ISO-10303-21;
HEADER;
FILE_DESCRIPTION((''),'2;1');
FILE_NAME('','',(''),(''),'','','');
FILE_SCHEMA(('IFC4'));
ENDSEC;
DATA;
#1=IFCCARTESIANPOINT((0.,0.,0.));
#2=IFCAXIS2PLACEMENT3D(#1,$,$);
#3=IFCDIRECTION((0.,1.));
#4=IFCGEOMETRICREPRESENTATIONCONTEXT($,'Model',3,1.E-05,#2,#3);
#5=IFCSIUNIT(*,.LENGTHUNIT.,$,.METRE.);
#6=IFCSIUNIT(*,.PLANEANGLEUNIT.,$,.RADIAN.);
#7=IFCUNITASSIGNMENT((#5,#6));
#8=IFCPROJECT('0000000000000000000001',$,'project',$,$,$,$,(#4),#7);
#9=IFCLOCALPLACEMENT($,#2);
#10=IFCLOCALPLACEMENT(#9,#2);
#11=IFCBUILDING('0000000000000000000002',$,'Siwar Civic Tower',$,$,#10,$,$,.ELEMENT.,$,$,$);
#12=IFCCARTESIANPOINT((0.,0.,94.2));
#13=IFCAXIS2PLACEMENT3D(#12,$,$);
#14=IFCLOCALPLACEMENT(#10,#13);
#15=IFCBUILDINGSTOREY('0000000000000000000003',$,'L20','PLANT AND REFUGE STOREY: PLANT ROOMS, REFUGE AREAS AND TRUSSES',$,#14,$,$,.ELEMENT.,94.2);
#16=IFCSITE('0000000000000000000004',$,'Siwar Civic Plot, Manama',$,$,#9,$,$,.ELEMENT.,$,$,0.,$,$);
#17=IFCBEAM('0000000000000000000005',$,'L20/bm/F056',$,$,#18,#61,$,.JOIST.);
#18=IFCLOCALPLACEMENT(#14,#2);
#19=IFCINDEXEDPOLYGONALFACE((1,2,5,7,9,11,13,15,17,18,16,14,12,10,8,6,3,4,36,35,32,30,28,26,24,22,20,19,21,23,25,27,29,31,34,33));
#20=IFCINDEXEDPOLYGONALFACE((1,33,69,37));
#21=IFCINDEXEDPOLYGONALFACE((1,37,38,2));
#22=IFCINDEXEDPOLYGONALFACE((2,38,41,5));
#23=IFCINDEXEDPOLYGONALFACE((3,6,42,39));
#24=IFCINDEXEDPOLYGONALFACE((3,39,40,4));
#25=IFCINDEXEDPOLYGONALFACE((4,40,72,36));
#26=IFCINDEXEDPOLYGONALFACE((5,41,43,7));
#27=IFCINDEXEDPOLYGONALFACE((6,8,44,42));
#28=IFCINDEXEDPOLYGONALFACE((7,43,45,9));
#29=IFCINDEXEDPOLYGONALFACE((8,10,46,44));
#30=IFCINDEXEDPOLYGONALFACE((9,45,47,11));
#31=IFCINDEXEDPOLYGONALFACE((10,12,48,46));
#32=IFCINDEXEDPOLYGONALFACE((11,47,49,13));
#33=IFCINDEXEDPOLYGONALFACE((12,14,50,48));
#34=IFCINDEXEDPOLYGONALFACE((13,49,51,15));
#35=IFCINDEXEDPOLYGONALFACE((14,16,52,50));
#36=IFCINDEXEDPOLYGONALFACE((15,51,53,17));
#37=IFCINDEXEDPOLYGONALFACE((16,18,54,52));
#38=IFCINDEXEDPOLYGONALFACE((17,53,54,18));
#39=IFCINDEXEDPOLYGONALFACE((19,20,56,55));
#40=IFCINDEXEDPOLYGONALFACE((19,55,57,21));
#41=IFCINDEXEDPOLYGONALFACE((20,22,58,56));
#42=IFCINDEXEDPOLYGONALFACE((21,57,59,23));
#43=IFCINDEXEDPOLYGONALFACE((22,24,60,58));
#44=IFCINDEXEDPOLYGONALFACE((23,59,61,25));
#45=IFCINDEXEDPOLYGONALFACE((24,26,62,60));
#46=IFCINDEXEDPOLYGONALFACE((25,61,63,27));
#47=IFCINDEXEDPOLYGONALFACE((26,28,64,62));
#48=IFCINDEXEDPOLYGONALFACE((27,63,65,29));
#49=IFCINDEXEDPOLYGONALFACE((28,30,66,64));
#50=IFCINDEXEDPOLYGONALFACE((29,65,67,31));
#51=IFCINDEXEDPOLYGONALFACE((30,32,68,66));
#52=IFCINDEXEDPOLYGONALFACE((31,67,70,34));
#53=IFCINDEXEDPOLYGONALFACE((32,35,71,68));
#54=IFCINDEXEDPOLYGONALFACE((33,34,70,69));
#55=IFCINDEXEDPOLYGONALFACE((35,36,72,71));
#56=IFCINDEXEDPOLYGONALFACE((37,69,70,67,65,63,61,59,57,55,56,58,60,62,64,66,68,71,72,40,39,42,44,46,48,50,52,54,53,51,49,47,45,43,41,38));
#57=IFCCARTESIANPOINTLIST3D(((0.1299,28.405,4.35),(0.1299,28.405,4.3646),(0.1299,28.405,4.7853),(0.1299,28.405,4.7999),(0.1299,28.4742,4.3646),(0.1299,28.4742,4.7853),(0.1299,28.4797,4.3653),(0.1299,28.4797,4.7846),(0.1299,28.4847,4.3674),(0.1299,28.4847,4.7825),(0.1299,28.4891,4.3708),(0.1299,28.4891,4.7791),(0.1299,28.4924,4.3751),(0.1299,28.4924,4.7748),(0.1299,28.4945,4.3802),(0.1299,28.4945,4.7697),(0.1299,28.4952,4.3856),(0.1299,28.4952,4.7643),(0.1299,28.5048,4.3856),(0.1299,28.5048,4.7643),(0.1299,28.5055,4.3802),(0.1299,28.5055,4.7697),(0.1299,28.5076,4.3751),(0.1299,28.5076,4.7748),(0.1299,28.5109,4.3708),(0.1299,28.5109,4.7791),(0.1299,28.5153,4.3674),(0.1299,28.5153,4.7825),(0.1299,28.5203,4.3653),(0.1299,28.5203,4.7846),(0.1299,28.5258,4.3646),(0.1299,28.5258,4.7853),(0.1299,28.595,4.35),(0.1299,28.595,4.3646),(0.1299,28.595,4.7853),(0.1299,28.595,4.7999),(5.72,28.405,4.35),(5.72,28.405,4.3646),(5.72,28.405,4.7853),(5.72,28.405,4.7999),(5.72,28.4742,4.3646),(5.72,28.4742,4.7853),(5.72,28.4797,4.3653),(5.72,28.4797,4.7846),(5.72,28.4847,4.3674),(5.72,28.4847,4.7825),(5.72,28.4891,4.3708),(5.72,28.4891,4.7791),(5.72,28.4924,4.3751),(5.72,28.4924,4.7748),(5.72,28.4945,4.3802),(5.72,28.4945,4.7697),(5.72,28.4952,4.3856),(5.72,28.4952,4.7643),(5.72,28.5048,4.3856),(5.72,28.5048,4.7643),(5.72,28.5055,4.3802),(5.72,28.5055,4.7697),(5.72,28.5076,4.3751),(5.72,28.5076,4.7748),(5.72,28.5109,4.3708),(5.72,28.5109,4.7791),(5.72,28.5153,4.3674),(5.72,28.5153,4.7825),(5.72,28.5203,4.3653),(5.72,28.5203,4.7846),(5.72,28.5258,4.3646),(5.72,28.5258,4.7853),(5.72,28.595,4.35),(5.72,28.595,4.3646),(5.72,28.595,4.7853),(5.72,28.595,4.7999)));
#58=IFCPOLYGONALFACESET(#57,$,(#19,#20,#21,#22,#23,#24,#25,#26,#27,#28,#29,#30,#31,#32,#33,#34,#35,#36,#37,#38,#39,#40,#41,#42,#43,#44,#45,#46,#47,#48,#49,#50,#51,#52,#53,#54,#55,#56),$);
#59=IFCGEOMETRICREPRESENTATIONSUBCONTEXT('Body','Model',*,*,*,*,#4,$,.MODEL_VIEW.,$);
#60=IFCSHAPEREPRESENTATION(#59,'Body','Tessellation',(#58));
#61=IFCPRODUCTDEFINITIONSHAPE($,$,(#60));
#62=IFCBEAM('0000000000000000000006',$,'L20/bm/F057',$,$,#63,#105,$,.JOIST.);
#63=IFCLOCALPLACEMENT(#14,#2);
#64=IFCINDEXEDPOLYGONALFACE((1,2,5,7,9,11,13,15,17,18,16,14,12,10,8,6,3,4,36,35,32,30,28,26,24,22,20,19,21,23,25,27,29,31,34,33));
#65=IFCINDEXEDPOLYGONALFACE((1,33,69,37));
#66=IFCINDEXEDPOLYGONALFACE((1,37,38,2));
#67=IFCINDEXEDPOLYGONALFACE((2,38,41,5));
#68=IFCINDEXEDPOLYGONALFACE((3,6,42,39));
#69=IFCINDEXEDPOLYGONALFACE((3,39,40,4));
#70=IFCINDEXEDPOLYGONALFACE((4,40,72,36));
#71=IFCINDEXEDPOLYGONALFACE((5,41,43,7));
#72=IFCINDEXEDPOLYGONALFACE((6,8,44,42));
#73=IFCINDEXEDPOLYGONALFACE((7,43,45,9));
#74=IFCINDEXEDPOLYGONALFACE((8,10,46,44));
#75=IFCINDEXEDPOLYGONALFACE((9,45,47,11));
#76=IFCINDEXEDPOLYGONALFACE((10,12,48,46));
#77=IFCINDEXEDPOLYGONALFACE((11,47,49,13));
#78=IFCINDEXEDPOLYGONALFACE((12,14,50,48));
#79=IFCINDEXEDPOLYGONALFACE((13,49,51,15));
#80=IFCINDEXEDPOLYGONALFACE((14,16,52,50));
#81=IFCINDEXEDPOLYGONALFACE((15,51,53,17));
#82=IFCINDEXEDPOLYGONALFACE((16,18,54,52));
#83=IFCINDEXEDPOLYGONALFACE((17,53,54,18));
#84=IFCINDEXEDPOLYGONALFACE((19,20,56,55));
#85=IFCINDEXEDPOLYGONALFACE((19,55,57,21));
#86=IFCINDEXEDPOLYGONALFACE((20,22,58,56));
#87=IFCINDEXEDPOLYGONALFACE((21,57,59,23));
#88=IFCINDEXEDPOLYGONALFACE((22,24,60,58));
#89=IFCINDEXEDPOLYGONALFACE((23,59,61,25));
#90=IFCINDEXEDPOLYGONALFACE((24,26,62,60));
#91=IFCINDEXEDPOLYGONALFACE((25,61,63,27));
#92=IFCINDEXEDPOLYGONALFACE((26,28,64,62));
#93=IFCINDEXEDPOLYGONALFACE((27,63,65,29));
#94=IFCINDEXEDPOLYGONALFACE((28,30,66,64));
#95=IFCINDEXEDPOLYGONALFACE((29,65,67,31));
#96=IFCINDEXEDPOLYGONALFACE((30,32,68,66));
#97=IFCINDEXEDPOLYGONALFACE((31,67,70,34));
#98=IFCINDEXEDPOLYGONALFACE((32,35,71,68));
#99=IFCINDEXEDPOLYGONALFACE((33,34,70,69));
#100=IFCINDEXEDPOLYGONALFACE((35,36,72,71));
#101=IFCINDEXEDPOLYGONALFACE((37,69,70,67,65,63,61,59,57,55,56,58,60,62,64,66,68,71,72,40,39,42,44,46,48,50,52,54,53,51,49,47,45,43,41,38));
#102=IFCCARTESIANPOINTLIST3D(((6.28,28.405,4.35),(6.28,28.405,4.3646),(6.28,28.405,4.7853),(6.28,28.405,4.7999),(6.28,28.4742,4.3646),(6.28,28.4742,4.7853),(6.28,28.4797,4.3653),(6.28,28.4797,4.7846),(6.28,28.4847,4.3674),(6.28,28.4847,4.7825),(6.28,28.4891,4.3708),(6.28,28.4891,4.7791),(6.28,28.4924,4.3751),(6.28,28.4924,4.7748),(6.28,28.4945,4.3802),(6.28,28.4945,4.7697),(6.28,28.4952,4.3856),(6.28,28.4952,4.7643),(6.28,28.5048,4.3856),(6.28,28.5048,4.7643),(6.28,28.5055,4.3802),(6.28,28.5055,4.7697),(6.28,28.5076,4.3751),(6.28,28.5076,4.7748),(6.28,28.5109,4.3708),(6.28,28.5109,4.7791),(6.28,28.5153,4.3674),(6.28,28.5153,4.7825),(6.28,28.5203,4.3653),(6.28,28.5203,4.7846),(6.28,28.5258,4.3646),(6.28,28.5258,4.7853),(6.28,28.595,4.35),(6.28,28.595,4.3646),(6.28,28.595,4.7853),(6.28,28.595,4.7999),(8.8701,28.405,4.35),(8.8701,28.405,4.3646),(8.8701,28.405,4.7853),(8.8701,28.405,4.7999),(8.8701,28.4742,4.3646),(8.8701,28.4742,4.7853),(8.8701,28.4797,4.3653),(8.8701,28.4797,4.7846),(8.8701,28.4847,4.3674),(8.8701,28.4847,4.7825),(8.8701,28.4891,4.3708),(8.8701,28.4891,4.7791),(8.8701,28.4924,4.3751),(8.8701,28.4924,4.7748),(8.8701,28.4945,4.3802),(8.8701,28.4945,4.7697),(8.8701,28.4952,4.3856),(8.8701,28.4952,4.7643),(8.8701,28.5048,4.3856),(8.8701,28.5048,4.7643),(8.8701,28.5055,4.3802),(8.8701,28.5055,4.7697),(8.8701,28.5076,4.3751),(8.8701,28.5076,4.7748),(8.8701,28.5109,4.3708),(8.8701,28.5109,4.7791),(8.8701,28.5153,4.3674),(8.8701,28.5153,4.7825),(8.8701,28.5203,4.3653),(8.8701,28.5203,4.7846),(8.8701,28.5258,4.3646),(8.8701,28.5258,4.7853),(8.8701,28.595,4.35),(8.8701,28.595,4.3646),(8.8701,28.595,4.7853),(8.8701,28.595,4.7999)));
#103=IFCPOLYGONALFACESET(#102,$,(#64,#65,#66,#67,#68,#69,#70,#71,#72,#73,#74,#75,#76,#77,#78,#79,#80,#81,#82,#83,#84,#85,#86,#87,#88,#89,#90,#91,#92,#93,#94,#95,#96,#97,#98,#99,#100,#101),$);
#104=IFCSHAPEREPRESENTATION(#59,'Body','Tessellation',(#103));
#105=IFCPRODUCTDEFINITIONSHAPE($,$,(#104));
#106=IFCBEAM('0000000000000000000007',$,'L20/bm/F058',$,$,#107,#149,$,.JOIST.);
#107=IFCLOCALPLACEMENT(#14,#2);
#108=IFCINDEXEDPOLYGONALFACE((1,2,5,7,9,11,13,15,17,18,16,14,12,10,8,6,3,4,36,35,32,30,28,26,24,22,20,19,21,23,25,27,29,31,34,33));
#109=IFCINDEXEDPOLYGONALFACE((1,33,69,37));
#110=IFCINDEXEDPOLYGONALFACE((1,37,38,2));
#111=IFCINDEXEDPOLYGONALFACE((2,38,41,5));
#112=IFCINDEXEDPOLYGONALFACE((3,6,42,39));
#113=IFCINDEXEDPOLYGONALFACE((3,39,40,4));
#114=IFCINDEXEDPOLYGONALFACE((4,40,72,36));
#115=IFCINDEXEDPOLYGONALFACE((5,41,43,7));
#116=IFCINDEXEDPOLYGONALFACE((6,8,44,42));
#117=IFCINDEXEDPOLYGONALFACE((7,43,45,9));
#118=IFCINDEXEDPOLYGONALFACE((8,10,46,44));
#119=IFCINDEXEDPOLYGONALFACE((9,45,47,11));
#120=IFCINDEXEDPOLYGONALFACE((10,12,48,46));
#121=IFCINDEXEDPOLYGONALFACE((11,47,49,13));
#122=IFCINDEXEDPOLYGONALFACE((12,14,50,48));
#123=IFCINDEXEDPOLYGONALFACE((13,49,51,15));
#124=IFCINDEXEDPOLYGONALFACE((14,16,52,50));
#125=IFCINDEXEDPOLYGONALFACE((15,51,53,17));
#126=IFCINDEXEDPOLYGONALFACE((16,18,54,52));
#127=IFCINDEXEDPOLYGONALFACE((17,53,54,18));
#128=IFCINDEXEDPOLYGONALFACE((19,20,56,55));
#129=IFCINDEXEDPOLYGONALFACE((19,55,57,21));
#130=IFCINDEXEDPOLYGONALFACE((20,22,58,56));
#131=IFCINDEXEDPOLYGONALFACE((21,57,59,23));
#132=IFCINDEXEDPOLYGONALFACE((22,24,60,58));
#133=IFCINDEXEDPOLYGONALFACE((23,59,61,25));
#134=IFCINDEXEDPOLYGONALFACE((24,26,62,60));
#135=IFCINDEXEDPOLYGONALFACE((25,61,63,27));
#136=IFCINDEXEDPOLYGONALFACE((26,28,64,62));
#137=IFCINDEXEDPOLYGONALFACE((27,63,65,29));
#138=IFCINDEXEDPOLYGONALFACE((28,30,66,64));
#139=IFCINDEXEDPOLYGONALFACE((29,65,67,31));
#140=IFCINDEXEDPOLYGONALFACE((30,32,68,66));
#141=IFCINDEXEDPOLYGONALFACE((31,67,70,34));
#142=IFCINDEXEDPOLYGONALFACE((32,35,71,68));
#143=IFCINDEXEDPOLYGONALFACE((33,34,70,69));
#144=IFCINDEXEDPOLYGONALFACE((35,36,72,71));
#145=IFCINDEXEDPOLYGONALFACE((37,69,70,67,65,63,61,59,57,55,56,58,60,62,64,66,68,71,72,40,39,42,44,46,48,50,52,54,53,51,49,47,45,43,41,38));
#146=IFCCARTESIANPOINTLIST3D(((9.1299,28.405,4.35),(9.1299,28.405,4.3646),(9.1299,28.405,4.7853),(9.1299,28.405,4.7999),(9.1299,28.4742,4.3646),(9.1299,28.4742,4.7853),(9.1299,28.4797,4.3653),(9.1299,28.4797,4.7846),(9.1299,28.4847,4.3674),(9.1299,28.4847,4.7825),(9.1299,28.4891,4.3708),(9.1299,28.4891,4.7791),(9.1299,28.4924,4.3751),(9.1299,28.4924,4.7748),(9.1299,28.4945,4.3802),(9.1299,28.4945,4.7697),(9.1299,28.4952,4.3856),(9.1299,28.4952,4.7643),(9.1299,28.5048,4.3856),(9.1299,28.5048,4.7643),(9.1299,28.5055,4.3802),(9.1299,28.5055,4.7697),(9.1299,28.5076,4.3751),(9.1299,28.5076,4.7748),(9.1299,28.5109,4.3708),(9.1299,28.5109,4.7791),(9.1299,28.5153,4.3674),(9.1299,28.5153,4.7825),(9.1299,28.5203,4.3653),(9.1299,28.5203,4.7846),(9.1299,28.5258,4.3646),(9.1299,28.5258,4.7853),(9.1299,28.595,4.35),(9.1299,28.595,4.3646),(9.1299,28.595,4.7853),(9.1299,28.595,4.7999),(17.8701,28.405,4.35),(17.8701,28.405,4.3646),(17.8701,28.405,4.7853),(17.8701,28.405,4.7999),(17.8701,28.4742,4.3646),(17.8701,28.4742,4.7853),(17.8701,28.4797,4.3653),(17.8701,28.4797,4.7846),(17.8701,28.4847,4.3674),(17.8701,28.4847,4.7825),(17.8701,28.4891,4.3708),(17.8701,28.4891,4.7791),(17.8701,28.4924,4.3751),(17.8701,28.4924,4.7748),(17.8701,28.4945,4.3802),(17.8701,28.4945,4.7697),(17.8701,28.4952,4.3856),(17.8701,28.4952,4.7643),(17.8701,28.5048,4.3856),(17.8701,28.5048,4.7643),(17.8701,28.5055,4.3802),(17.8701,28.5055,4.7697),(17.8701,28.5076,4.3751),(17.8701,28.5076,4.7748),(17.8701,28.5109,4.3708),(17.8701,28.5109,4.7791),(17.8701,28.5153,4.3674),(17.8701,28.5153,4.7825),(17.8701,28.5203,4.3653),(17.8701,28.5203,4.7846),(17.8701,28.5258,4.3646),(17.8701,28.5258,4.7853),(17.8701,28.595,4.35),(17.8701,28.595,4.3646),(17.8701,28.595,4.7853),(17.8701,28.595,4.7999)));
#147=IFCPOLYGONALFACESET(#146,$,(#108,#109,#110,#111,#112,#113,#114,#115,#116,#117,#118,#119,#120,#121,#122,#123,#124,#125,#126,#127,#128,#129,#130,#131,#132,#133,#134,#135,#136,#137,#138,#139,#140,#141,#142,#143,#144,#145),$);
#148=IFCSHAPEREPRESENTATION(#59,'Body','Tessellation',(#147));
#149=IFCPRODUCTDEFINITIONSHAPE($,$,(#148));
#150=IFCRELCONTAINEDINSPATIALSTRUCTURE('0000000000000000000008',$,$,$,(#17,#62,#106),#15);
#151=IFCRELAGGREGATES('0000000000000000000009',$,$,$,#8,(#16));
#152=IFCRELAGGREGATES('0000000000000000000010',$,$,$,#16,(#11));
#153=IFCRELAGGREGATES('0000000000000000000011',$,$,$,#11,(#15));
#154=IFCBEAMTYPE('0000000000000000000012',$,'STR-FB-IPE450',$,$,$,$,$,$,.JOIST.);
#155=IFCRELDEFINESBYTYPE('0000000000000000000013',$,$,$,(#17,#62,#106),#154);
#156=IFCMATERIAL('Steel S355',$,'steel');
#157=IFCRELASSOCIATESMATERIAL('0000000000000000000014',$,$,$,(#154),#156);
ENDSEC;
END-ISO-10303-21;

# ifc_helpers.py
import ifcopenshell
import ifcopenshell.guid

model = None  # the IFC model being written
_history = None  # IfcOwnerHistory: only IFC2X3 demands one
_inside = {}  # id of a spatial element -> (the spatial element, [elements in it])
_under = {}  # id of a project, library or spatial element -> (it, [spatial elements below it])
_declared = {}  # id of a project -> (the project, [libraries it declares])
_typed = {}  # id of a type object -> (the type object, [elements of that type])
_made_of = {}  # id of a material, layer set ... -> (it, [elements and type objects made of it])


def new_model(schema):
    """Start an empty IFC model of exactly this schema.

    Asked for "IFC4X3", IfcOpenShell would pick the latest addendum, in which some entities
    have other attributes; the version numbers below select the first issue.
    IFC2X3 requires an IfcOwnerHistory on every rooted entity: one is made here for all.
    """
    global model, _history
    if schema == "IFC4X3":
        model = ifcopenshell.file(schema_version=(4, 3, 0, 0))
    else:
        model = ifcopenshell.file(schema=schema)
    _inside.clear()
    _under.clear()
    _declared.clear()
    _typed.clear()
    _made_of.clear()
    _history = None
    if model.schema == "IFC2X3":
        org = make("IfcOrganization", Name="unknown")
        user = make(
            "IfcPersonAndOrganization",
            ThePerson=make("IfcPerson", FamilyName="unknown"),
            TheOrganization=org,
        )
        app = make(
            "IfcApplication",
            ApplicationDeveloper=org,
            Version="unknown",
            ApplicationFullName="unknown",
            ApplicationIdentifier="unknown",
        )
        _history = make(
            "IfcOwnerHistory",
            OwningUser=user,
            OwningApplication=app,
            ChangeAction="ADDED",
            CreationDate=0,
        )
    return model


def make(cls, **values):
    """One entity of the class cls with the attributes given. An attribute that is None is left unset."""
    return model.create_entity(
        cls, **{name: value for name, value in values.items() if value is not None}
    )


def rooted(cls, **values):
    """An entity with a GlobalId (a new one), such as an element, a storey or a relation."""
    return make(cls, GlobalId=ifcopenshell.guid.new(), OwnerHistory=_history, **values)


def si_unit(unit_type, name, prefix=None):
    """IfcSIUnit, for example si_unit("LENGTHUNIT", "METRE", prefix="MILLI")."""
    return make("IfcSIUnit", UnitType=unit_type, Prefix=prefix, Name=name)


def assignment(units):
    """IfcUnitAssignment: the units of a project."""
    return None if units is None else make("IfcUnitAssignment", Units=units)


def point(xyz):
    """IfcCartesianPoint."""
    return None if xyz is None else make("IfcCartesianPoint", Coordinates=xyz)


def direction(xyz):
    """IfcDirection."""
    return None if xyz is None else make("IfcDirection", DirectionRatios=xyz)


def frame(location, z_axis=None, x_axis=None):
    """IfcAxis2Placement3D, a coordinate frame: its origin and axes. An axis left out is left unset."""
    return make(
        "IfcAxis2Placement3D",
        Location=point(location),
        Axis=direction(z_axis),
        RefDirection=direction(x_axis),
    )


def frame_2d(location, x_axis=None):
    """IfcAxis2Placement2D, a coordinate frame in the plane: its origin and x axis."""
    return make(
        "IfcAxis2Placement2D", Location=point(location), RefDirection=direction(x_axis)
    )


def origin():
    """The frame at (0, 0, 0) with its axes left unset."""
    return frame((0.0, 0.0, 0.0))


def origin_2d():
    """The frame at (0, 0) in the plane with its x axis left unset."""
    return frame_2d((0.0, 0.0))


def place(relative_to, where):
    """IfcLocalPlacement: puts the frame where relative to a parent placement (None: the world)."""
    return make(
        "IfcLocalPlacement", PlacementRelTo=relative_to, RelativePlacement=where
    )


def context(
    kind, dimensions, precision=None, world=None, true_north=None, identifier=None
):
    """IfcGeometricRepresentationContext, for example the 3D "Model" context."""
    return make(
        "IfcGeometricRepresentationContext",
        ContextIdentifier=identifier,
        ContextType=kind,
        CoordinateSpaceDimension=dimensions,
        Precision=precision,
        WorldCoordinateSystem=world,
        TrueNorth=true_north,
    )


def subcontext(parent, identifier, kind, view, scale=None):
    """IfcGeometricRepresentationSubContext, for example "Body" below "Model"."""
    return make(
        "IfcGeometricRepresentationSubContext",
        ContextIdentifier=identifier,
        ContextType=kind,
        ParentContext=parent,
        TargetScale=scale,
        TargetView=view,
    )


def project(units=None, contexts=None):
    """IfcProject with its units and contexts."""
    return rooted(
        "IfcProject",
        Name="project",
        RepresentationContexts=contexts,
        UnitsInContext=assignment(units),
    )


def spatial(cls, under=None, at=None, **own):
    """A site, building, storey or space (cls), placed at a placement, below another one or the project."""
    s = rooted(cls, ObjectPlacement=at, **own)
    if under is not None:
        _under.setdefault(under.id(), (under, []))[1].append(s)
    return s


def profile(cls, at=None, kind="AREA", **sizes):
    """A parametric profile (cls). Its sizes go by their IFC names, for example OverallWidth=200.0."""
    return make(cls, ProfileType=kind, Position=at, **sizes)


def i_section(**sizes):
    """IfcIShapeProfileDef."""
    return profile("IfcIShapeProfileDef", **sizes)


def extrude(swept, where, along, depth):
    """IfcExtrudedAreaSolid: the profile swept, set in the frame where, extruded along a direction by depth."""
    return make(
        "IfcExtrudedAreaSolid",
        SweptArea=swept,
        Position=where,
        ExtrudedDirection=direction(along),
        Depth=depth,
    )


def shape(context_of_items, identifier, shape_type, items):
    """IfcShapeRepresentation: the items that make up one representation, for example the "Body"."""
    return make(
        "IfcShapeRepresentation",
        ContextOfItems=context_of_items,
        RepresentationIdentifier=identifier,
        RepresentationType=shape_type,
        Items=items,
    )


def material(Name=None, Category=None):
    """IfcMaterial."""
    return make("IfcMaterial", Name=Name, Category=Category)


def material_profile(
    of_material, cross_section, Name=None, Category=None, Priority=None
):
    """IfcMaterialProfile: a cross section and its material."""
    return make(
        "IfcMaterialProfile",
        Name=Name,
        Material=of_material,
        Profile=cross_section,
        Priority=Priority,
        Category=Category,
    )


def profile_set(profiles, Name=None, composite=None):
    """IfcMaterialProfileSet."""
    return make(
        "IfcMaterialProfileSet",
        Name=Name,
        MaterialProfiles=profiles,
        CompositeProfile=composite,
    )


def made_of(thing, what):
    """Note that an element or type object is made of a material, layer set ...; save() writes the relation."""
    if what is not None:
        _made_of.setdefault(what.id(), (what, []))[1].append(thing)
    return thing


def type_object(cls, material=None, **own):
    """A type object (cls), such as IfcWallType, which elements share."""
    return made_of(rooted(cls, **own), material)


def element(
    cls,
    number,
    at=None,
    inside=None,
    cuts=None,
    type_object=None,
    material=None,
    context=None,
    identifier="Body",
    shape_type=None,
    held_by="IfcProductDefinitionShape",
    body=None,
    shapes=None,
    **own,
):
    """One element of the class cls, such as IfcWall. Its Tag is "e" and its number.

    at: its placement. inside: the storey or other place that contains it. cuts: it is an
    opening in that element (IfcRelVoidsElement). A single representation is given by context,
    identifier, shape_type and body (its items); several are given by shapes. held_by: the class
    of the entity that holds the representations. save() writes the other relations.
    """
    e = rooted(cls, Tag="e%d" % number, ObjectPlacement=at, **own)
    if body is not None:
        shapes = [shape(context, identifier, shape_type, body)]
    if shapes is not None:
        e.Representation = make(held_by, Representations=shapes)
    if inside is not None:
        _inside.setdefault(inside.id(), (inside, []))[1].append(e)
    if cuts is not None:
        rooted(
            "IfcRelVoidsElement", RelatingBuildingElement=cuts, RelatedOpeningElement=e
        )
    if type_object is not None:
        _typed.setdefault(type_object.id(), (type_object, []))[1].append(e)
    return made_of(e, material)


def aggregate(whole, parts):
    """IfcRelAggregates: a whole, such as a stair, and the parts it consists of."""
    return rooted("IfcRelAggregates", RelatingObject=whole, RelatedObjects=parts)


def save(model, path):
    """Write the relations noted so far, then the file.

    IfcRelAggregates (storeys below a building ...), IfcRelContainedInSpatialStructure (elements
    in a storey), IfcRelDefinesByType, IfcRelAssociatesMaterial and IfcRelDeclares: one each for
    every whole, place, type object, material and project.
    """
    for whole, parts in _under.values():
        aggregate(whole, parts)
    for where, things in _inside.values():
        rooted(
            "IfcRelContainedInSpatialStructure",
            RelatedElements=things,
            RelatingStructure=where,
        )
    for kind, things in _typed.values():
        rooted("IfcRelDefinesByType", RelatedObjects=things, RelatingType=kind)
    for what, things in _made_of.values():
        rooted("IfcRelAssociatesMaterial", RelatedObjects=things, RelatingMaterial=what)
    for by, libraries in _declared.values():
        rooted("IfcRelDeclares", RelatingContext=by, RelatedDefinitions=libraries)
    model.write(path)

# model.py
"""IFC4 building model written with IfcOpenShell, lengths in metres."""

from ifc_helpers import new_model, si_unit, direction, frame, origin, origin_2d, place, context, subcontext, project, spatial, i_section, extrude, material, material_profile, profile_set, type_object, element, save


model = new_model("IFC4")

# Units and contexts
model_context = context("Model", 3, precision=1e-05, world=origin(), true_north=direction((0.0, 1.0)))
body_context = subcontext(model_context, "Body", "Model", "MODEL_VIEW")
ifc_project = project(units=[si_unit("LENGTHUNIT", "METRE"), si_unit("PLANEANGLEUNIT", "RADIAN")], contexts=[model_context])

# Site, building, storey
site_placement = place(None, origin())
site = spatial("IfcSite", under=ifc_project, at=site_placement, Name="Siwar Civic Plot, Manama", CompositionType="ELEMENT", RefElevation=0.0)
building_placement = place(site_placement, origin())
building = spatial("IfcBuilding", under=site, at=building_placement, Name="Siwar Civic Tower", CompositionType="ELEMENT")
storey_placement = place(building_placement, frame((0.0, 0.0, 94.2)))
storey = spatial("IfcBuildingStorey", under=building, at=storey_placement, Name="L20", Description="PLANT AND REFUGE STOREY: PLANT ROOMS, REFUGE AREAS AND TRUSSES", CompositionType="ELEMENT", Elevation=94.2)

# Beams
ifc_material_1 = material(Name="Steel S355", Category="steel")
ifc_material_profile_1 = material_profile(ifc_material_1, i_section(OverallWidth=0.1899, OverallDepth=0.45, WebThickness=0.0095, FlangeThickness=0.0146, FilletRadius=0.021, at=origin_2d()), Name="IPE450")
ifc_profile_set_1 = profile_set([ifc_material_profile_1], Name="Steel S355")
beam_type_1 = type_object("IfcBeamType", Name="STR-FB-IPE450", PredefinedType="JOIST", material=ifc_profile_set_1)
beam_1_placement = place(storey_placement, frame((0.1299, 28.5, 4.575), z_axis=(1.0, 0.0, 0.0), x_axis=(0.0, 1.0, 0.0)))
element("IfcBeam", 1, at=beam_1_placement, inside=storey, type_object=beam_type_1, Name="L20/bm/F056", PredefinedType="JOIST", context=body_context, shape_type="SweptSolid", body=[
    extrude(i_section(OverallWidth=0.1899, OverallDepth=0.45, WebThickness=0.0095, FlangeThickness=0.0146, FilletRadius=0.021, at=origin_2d()), origin(), (0.0, 0.0, 1.0), 5.5901),
])
beam_2_placement = place(storey_placement, frame((6.28, 28.5, 4.575), z_axis=(1.0, 0.0, 0.0), x_axis=(0.0, 1.0, 0.0)))
element("IfcBeam", 2, at=beam_2_placement, inside=storey, type_object=beam_type_1, Name="L20/bm/F057", PredefinedType="JOIST", context=body_context, shape_type="SweptSolid", body=[
    extrude(i_section(OverallWidth=0.1899, OverallDepth=0.45, WebThickness=0.0095, FlangeThickness=0.0146, FilletRadius=0.021, at=origin_2d()), origin(), (0.0, 0.0, 1.0), 2.5901),
])
beam_3_placement = place(storey_placement, frame((9.1299, 28.5, 4.575), z_axis=(1.0, 0.0, 0.0), x_axis=(0.0, 1.0, 0.0)))
element("IfcBeam", 3, at=beam_3_placement, inside=storey, type_object=beam_type_1, Name="L20/bm/F058", PredefinedType="JOIST", context=body_context, shape_type="SweptSolid", body=[
    extrude(i_section(OverallWidth=0.1899, OverallDepth=0.45, WebThickness=0.0095, FlangeThickness=0.0146, FilletRadius=0.021, at=origin_2d()), origin(), (0.0, 0.0, 1.0), 8.7402),
])

save(model, "model.ifc")
